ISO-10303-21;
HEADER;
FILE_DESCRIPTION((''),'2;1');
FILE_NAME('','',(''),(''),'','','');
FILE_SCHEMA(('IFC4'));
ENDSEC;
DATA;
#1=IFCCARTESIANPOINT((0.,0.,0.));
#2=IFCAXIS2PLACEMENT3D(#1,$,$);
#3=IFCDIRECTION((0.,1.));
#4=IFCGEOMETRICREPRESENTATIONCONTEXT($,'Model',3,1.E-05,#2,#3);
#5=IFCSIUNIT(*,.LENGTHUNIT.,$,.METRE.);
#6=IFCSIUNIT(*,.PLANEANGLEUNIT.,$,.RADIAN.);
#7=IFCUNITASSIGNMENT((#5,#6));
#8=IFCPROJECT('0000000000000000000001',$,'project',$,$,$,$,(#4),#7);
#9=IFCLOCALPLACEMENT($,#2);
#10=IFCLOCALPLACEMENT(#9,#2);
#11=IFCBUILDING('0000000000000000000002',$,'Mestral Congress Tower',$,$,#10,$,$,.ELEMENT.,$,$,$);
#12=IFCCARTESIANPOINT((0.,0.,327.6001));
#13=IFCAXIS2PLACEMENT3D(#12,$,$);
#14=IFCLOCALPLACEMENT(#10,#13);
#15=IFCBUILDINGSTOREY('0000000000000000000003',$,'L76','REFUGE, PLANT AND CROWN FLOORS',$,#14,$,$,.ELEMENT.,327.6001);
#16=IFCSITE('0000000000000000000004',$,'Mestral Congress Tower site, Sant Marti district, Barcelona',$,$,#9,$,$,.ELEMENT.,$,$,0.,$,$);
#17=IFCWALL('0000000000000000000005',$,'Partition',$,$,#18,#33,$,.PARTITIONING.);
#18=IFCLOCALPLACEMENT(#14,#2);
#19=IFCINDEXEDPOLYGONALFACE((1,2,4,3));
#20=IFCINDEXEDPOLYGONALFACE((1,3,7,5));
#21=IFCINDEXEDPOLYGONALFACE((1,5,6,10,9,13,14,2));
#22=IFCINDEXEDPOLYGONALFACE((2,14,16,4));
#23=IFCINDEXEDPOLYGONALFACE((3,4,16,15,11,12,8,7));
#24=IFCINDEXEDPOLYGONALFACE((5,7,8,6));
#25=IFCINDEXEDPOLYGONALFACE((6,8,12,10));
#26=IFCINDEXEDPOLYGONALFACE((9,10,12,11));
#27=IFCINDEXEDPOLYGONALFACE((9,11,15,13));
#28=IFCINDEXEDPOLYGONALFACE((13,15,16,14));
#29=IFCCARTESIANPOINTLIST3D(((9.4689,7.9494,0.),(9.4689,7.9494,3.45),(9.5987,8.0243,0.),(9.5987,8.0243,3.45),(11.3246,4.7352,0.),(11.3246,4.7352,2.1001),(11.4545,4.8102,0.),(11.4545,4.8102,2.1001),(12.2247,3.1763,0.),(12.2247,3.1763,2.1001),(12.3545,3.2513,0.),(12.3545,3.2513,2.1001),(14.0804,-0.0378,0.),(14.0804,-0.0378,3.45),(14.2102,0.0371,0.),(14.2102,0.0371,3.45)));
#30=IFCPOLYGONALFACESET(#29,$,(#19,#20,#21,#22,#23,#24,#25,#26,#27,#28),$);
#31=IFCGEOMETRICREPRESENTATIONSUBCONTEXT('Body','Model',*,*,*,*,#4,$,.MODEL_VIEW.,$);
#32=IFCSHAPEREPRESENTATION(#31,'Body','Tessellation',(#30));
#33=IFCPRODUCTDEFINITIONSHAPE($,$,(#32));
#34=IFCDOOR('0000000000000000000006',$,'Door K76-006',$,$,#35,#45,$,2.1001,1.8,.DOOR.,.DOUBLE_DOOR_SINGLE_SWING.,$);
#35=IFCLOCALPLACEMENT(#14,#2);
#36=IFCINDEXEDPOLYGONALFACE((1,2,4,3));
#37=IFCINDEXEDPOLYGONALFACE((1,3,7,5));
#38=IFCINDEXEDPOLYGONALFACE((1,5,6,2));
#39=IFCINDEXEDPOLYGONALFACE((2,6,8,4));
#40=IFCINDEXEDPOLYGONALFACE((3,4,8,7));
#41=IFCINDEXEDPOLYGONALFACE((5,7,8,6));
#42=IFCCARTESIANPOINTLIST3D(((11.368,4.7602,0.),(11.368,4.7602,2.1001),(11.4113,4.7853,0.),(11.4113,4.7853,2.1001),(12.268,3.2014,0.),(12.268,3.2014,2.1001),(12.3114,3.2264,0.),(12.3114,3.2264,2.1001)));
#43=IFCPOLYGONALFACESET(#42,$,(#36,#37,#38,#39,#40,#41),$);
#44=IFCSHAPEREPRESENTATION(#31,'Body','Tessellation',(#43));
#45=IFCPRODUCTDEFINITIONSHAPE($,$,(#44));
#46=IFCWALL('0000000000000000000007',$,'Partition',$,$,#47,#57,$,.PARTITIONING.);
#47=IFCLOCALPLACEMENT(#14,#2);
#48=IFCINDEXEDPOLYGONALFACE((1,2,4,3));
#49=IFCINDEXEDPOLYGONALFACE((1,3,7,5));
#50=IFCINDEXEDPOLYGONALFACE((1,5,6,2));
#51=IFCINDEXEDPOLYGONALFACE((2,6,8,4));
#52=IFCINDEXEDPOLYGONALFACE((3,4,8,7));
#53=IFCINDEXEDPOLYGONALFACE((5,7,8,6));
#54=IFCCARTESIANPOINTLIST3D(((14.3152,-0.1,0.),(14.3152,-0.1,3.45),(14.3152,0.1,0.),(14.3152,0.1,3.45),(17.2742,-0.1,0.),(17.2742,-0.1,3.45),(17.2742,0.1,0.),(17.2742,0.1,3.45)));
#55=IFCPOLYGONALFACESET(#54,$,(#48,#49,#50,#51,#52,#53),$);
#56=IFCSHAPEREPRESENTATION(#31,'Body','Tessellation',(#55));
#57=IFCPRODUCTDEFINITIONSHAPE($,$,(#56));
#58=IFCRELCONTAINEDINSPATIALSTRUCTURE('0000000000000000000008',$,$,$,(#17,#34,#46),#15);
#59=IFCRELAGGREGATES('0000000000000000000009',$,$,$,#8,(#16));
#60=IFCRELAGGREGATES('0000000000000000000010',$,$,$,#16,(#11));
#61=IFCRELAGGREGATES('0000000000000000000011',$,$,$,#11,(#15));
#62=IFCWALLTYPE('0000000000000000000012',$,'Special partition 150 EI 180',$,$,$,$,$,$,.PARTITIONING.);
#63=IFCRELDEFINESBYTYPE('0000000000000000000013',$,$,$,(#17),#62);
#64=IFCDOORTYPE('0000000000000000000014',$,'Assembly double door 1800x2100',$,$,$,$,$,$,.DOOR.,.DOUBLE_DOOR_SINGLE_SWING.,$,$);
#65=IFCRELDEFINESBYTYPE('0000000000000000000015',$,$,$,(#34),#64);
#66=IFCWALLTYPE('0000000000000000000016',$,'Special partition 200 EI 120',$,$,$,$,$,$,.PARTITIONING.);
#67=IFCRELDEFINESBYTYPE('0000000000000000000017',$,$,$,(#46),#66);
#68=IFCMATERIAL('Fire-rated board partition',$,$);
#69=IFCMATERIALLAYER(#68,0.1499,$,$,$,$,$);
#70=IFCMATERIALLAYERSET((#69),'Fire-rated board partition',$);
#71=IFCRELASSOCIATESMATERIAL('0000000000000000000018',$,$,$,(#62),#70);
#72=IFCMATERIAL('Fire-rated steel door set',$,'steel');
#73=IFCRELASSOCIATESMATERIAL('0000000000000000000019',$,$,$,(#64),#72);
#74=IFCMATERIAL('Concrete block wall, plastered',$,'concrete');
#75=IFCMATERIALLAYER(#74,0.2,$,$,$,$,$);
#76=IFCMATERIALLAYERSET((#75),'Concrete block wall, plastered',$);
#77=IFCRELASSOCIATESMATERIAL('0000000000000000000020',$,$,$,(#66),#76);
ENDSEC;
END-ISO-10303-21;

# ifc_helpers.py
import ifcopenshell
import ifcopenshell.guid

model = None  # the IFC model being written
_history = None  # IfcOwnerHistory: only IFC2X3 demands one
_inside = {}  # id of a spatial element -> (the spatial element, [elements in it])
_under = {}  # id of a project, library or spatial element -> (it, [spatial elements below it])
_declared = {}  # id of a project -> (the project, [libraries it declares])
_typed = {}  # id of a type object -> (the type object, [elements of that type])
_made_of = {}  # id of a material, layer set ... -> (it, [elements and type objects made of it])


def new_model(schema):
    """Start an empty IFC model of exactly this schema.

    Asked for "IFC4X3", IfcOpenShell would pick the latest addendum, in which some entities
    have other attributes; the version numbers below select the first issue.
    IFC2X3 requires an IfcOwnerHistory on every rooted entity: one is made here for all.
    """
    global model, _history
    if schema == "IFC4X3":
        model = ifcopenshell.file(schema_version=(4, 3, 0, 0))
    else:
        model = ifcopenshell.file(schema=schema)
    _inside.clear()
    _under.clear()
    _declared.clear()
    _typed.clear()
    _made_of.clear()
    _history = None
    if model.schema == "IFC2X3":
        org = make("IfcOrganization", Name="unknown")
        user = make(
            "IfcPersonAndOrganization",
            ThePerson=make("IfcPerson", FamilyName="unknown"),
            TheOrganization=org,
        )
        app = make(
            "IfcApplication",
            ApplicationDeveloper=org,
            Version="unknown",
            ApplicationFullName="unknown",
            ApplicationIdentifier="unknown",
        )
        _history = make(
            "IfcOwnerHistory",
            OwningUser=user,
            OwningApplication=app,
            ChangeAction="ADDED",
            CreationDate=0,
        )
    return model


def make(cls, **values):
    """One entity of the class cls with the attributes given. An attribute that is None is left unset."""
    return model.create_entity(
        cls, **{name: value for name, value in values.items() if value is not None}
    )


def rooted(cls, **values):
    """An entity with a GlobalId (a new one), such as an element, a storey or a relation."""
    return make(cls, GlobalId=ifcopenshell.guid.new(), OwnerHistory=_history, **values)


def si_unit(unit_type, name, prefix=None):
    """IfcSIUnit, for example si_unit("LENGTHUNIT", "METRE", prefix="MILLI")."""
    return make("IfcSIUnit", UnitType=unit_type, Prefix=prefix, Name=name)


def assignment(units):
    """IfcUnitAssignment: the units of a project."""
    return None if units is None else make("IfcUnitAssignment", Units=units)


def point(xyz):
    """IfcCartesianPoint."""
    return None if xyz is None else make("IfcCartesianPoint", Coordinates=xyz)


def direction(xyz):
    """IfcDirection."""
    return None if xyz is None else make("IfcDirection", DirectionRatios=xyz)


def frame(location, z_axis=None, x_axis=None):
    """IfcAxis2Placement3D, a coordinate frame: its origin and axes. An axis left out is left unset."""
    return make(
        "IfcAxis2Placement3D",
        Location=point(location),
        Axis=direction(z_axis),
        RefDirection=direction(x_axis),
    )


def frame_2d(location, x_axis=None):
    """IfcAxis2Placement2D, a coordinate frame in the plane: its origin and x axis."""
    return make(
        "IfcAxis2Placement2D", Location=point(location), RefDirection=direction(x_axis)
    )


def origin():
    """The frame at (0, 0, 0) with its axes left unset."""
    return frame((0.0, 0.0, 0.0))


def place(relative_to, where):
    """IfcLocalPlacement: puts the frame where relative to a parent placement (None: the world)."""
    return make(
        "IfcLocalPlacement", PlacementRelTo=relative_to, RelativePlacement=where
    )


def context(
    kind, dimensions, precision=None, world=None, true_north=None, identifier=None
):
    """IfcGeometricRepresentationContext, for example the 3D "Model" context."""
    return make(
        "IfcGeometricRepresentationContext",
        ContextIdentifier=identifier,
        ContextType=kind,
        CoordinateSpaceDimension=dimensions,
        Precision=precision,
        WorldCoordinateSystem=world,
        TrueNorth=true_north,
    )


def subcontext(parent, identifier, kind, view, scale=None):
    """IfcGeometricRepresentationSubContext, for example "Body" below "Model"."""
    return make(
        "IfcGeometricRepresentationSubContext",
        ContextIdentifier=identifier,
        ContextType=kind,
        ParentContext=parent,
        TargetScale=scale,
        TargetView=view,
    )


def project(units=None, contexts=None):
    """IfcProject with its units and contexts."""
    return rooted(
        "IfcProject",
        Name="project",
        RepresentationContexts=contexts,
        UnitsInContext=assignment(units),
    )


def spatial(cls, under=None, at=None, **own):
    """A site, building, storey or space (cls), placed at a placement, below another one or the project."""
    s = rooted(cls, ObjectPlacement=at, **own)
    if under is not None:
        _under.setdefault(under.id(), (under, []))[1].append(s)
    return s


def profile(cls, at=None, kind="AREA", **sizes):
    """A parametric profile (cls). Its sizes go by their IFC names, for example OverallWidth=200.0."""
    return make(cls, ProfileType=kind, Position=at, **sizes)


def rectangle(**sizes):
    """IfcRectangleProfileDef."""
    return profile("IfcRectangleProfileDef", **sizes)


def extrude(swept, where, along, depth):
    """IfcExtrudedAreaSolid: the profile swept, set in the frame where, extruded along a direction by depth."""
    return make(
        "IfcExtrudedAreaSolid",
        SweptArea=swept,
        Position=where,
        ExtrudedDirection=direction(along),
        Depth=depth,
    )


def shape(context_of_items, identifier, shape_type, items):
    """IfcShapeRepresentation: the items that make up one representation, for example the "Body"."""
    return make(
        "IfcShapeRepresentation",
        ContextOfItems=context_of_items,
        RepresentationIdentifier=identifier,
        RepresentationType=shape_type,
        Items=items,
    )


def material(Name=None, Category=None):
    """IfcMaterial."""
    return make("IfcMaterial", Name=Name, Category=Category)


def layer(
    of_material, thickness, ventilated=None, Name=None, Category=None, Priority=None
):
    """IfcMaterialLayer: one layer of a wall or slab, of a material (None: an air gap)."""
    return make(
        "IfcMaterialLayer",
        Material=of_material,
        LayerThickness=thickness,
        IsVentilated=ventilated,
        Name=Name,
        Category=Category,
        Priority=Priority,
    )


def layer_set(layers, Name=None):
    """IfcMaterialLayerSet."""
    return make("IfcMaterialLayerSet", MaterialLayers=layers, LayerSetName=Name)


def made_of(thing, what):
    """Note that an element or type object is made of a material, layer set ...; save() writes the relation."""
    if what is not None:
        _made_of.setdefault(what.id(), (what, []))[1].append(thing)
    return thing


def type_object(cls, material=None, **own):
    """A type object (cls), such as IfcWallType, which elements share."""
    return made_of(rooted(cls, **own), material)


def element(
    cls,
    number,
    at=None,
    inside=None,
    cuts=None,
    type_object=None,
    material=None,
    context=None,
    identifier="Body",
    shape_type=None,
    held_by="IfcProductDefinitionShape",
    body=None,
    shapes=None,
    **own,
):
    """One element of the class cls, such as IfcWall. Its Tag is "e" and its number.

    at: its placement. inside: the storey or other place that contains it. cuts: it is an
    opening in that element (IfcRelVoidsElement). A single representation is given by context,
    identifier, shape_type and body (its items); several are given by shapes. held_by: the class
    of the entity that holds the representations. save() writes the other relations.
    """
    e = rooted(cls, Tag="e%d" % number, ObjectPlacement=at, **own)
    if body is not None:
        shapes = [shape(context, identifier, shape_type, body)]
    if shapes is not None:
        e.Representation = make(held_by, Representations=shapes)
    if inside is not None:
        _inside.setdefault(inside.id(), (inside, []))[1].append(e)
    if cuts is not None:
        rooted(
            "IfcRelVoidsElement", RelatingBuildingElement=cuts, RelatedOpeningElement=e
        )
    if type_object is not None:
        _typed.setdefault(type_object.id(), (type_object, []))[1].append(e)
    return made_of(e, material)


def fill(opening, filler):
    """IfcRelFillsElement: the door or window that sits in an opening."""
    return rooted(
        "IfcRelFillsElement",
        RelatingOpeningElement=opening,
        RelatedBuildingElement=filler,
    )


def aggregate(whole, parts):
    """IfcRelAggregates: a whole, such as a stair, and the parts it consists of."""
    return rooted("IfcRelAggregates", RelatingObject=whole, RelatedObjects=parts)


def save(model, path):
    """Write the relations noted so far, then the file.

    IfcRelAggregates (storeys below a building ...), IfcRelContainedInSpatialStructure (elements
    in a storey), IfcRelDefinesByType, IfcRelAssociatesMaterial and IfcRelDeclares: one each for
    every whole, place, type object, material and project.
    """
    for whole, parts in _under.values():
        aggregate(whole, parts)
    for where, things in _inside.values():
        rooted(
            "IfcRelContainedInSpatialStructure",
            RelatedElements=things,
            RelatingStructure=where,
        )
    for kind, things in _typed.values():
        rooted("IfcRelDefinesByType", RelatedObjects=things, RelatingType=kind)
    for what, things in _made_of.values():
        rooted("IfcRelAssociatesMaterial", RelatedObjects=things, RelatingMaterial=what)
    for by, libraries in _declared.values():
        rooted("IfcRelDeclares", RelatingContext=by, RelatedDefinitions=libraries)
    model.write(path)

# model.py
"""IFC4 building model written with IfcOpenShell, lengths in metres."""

from ifc_helpers import new_model, si_unit, direction, frame, frame_2d, origin, place, context, subcontext, project, spatial, rectangle, extrude, material, layer, layer_set, type_object, element, fill, save


model = new_model("IFC4")

# Units and contexts
model_context = context("Model", 3, precision=1e-05, world=origin(), true_north=direction((0.0, 1.0)))
body_context = subcontext(model_context, "Body", "Model", "MODEL_VIEW")
ifc_project = project(units=[si_unit("LENGTHUNIT", "METRE"), si_unit("PLANEANGLEUNIT", "RADIAN")], contexts=[model_context])

# Site, building, storey
site_placement = place(None, origin())
site = spatial("IfcSite", under=ifc_project, at=site_placement, Name="Mestral Congress Tower site, Sant Marti district, Barcelona", CompositionType="ELEMENT", RefElevation=0.0)
building_placement = place(site_placement, origin())
building = spatial("IfcBuilding", under=site, at=building_placement, Name="Mestral Congress Tower", CompositionType="ELEMENT")
storey_placement = place(building_placement, frame((0.0, 0.0, 327.6001)))
storey = spatial("IfcBuildingStorey", under=building, at=storey_placement, Name="L76", Description="REFUGE, PLANT AND CROWN FLOORS", CompositionType="ELEMENT", Elevation=327.6001)

# Wall, opening, door
ifc_material_1 = material(Name="Fire-rated board partition")
ifc_layer_1 = layer(ifc_material_1, 0.1499)
ifc_layer_set_1 = layer_set([ifc_layer_1], Name="Fire-rated board partition")
wall_type_1 = type_object("IfcWallType", Name="Special partition 150 EI 180", PredefinedType="PARTITIONING", material=ifc_layer_set_1)
wall_1_placement = place(storey_placement, frame((14.1453, -0.0002, 0.0), z_axis=(0.0, 0.0, 1.0), x_axis=(-0.500008, 0.866021, 0.0)))
wall_1 = element("IfcWall", 1, at=wall_1_placement, inside=storey, type_object=wall_type_1, Name="Partition", PredefinedType="PARTITIONING", context=body_context, shape_type="SweptSolid", body=[
    extrude(rectangle(XDim=9.2229, YDim=0.1499, at=frame_2d((4.6113, 0.0))), origin(), (0.0, 0.0, 1.0), 3.45),
])
opening_placement = place(wall_1_placement, frame((3.7114, 0.0, 0.0)))
opening = element("IfcOpeningElement", 2, at=opening_placement, cuts=wall_1, PredefinedType="OPENING", context=body_context, shape_type="SweptSolid", body=[
    extrude(rectangle(XDim=1.8, YDim=2.1001, at=frame_2d((0.8999, 1.05))), frame((0.0, 0.085, 0.0), z_axis=(0.0, -1.0, 0.0), x_axis=(1.0, 0.0, 0.0)), (0.0, 0.0, 1.0), 0.1699),
])
ifc_material_2 = material(Name="Fire-rated steel door set", Category="steel")
door_type = type_object("IfcDoorType", Name="Assembly double door 1800x2100", OperationType="DOUBLE_DOOR_SINGLE_SWING", PredefinedType="DOOR", material=ifc_material_2)
door_placement = place(opening_placement, origin())
door = element("IfcDoor", 3, at=door_placement, inside=storey, type_object=door_type, Name="Door K76-006", OperationType="DOUBLE_DOOR_SINGLE_SWING", OverallHeight=2.1001, OverallWidth=1.8, PredefinedType="DOOR", context=body_context, shape_type="SweptSolid", body=[
    extrude(rectangle(XDim=1.8, YDim=2.1001, at=frame_2d((0.8999, 1.05))), frame((0.0, 0.0249, 0.0), z_axis=(0.0, -1.0, 0.0), x_axis=(1.0, 0.0, 0.0)), (0.0, 0.0, 1.0), 0.05),
])
fill(opening, door)

# Wall
ifc_material_3 = material(Name="Concrete block wall, plastered", Category="concrete")
ifc_layer_2 = layer(ifc_material_3, 0.2)
ifc_layer_set_2 = layer_set([ifc_layer_2], Name="Concrete block wall, plastered")
wall_type_2 = type_object("IfcWallType", Name="Special partition 200 EI 120", PredefinedType="PARTITIONING", material=ifc_layer_set_2)
wall_2_placement = place(storey_placement, frame((14.3152, 0.0, 0.0), z_axis=(0.0, 0.0, 1.0), x_axis=(1.0, 0.0, 0.0)))
element("IfcWall", 4, at=wall_2_placement, inside=storey, type_object=wall_type_2, Name="Partition", PredefinedType="PARTITIONING", context=body_context, shape_type="SweptSolid", body=[
    extrude(rectangle(XDim=2.959, YDim=0.2, at=frame_2d((1.4795, 0.0))), origin(), (0.0, 0.0, 1.0), 3.45),
])

save(model, "model.ifc")
